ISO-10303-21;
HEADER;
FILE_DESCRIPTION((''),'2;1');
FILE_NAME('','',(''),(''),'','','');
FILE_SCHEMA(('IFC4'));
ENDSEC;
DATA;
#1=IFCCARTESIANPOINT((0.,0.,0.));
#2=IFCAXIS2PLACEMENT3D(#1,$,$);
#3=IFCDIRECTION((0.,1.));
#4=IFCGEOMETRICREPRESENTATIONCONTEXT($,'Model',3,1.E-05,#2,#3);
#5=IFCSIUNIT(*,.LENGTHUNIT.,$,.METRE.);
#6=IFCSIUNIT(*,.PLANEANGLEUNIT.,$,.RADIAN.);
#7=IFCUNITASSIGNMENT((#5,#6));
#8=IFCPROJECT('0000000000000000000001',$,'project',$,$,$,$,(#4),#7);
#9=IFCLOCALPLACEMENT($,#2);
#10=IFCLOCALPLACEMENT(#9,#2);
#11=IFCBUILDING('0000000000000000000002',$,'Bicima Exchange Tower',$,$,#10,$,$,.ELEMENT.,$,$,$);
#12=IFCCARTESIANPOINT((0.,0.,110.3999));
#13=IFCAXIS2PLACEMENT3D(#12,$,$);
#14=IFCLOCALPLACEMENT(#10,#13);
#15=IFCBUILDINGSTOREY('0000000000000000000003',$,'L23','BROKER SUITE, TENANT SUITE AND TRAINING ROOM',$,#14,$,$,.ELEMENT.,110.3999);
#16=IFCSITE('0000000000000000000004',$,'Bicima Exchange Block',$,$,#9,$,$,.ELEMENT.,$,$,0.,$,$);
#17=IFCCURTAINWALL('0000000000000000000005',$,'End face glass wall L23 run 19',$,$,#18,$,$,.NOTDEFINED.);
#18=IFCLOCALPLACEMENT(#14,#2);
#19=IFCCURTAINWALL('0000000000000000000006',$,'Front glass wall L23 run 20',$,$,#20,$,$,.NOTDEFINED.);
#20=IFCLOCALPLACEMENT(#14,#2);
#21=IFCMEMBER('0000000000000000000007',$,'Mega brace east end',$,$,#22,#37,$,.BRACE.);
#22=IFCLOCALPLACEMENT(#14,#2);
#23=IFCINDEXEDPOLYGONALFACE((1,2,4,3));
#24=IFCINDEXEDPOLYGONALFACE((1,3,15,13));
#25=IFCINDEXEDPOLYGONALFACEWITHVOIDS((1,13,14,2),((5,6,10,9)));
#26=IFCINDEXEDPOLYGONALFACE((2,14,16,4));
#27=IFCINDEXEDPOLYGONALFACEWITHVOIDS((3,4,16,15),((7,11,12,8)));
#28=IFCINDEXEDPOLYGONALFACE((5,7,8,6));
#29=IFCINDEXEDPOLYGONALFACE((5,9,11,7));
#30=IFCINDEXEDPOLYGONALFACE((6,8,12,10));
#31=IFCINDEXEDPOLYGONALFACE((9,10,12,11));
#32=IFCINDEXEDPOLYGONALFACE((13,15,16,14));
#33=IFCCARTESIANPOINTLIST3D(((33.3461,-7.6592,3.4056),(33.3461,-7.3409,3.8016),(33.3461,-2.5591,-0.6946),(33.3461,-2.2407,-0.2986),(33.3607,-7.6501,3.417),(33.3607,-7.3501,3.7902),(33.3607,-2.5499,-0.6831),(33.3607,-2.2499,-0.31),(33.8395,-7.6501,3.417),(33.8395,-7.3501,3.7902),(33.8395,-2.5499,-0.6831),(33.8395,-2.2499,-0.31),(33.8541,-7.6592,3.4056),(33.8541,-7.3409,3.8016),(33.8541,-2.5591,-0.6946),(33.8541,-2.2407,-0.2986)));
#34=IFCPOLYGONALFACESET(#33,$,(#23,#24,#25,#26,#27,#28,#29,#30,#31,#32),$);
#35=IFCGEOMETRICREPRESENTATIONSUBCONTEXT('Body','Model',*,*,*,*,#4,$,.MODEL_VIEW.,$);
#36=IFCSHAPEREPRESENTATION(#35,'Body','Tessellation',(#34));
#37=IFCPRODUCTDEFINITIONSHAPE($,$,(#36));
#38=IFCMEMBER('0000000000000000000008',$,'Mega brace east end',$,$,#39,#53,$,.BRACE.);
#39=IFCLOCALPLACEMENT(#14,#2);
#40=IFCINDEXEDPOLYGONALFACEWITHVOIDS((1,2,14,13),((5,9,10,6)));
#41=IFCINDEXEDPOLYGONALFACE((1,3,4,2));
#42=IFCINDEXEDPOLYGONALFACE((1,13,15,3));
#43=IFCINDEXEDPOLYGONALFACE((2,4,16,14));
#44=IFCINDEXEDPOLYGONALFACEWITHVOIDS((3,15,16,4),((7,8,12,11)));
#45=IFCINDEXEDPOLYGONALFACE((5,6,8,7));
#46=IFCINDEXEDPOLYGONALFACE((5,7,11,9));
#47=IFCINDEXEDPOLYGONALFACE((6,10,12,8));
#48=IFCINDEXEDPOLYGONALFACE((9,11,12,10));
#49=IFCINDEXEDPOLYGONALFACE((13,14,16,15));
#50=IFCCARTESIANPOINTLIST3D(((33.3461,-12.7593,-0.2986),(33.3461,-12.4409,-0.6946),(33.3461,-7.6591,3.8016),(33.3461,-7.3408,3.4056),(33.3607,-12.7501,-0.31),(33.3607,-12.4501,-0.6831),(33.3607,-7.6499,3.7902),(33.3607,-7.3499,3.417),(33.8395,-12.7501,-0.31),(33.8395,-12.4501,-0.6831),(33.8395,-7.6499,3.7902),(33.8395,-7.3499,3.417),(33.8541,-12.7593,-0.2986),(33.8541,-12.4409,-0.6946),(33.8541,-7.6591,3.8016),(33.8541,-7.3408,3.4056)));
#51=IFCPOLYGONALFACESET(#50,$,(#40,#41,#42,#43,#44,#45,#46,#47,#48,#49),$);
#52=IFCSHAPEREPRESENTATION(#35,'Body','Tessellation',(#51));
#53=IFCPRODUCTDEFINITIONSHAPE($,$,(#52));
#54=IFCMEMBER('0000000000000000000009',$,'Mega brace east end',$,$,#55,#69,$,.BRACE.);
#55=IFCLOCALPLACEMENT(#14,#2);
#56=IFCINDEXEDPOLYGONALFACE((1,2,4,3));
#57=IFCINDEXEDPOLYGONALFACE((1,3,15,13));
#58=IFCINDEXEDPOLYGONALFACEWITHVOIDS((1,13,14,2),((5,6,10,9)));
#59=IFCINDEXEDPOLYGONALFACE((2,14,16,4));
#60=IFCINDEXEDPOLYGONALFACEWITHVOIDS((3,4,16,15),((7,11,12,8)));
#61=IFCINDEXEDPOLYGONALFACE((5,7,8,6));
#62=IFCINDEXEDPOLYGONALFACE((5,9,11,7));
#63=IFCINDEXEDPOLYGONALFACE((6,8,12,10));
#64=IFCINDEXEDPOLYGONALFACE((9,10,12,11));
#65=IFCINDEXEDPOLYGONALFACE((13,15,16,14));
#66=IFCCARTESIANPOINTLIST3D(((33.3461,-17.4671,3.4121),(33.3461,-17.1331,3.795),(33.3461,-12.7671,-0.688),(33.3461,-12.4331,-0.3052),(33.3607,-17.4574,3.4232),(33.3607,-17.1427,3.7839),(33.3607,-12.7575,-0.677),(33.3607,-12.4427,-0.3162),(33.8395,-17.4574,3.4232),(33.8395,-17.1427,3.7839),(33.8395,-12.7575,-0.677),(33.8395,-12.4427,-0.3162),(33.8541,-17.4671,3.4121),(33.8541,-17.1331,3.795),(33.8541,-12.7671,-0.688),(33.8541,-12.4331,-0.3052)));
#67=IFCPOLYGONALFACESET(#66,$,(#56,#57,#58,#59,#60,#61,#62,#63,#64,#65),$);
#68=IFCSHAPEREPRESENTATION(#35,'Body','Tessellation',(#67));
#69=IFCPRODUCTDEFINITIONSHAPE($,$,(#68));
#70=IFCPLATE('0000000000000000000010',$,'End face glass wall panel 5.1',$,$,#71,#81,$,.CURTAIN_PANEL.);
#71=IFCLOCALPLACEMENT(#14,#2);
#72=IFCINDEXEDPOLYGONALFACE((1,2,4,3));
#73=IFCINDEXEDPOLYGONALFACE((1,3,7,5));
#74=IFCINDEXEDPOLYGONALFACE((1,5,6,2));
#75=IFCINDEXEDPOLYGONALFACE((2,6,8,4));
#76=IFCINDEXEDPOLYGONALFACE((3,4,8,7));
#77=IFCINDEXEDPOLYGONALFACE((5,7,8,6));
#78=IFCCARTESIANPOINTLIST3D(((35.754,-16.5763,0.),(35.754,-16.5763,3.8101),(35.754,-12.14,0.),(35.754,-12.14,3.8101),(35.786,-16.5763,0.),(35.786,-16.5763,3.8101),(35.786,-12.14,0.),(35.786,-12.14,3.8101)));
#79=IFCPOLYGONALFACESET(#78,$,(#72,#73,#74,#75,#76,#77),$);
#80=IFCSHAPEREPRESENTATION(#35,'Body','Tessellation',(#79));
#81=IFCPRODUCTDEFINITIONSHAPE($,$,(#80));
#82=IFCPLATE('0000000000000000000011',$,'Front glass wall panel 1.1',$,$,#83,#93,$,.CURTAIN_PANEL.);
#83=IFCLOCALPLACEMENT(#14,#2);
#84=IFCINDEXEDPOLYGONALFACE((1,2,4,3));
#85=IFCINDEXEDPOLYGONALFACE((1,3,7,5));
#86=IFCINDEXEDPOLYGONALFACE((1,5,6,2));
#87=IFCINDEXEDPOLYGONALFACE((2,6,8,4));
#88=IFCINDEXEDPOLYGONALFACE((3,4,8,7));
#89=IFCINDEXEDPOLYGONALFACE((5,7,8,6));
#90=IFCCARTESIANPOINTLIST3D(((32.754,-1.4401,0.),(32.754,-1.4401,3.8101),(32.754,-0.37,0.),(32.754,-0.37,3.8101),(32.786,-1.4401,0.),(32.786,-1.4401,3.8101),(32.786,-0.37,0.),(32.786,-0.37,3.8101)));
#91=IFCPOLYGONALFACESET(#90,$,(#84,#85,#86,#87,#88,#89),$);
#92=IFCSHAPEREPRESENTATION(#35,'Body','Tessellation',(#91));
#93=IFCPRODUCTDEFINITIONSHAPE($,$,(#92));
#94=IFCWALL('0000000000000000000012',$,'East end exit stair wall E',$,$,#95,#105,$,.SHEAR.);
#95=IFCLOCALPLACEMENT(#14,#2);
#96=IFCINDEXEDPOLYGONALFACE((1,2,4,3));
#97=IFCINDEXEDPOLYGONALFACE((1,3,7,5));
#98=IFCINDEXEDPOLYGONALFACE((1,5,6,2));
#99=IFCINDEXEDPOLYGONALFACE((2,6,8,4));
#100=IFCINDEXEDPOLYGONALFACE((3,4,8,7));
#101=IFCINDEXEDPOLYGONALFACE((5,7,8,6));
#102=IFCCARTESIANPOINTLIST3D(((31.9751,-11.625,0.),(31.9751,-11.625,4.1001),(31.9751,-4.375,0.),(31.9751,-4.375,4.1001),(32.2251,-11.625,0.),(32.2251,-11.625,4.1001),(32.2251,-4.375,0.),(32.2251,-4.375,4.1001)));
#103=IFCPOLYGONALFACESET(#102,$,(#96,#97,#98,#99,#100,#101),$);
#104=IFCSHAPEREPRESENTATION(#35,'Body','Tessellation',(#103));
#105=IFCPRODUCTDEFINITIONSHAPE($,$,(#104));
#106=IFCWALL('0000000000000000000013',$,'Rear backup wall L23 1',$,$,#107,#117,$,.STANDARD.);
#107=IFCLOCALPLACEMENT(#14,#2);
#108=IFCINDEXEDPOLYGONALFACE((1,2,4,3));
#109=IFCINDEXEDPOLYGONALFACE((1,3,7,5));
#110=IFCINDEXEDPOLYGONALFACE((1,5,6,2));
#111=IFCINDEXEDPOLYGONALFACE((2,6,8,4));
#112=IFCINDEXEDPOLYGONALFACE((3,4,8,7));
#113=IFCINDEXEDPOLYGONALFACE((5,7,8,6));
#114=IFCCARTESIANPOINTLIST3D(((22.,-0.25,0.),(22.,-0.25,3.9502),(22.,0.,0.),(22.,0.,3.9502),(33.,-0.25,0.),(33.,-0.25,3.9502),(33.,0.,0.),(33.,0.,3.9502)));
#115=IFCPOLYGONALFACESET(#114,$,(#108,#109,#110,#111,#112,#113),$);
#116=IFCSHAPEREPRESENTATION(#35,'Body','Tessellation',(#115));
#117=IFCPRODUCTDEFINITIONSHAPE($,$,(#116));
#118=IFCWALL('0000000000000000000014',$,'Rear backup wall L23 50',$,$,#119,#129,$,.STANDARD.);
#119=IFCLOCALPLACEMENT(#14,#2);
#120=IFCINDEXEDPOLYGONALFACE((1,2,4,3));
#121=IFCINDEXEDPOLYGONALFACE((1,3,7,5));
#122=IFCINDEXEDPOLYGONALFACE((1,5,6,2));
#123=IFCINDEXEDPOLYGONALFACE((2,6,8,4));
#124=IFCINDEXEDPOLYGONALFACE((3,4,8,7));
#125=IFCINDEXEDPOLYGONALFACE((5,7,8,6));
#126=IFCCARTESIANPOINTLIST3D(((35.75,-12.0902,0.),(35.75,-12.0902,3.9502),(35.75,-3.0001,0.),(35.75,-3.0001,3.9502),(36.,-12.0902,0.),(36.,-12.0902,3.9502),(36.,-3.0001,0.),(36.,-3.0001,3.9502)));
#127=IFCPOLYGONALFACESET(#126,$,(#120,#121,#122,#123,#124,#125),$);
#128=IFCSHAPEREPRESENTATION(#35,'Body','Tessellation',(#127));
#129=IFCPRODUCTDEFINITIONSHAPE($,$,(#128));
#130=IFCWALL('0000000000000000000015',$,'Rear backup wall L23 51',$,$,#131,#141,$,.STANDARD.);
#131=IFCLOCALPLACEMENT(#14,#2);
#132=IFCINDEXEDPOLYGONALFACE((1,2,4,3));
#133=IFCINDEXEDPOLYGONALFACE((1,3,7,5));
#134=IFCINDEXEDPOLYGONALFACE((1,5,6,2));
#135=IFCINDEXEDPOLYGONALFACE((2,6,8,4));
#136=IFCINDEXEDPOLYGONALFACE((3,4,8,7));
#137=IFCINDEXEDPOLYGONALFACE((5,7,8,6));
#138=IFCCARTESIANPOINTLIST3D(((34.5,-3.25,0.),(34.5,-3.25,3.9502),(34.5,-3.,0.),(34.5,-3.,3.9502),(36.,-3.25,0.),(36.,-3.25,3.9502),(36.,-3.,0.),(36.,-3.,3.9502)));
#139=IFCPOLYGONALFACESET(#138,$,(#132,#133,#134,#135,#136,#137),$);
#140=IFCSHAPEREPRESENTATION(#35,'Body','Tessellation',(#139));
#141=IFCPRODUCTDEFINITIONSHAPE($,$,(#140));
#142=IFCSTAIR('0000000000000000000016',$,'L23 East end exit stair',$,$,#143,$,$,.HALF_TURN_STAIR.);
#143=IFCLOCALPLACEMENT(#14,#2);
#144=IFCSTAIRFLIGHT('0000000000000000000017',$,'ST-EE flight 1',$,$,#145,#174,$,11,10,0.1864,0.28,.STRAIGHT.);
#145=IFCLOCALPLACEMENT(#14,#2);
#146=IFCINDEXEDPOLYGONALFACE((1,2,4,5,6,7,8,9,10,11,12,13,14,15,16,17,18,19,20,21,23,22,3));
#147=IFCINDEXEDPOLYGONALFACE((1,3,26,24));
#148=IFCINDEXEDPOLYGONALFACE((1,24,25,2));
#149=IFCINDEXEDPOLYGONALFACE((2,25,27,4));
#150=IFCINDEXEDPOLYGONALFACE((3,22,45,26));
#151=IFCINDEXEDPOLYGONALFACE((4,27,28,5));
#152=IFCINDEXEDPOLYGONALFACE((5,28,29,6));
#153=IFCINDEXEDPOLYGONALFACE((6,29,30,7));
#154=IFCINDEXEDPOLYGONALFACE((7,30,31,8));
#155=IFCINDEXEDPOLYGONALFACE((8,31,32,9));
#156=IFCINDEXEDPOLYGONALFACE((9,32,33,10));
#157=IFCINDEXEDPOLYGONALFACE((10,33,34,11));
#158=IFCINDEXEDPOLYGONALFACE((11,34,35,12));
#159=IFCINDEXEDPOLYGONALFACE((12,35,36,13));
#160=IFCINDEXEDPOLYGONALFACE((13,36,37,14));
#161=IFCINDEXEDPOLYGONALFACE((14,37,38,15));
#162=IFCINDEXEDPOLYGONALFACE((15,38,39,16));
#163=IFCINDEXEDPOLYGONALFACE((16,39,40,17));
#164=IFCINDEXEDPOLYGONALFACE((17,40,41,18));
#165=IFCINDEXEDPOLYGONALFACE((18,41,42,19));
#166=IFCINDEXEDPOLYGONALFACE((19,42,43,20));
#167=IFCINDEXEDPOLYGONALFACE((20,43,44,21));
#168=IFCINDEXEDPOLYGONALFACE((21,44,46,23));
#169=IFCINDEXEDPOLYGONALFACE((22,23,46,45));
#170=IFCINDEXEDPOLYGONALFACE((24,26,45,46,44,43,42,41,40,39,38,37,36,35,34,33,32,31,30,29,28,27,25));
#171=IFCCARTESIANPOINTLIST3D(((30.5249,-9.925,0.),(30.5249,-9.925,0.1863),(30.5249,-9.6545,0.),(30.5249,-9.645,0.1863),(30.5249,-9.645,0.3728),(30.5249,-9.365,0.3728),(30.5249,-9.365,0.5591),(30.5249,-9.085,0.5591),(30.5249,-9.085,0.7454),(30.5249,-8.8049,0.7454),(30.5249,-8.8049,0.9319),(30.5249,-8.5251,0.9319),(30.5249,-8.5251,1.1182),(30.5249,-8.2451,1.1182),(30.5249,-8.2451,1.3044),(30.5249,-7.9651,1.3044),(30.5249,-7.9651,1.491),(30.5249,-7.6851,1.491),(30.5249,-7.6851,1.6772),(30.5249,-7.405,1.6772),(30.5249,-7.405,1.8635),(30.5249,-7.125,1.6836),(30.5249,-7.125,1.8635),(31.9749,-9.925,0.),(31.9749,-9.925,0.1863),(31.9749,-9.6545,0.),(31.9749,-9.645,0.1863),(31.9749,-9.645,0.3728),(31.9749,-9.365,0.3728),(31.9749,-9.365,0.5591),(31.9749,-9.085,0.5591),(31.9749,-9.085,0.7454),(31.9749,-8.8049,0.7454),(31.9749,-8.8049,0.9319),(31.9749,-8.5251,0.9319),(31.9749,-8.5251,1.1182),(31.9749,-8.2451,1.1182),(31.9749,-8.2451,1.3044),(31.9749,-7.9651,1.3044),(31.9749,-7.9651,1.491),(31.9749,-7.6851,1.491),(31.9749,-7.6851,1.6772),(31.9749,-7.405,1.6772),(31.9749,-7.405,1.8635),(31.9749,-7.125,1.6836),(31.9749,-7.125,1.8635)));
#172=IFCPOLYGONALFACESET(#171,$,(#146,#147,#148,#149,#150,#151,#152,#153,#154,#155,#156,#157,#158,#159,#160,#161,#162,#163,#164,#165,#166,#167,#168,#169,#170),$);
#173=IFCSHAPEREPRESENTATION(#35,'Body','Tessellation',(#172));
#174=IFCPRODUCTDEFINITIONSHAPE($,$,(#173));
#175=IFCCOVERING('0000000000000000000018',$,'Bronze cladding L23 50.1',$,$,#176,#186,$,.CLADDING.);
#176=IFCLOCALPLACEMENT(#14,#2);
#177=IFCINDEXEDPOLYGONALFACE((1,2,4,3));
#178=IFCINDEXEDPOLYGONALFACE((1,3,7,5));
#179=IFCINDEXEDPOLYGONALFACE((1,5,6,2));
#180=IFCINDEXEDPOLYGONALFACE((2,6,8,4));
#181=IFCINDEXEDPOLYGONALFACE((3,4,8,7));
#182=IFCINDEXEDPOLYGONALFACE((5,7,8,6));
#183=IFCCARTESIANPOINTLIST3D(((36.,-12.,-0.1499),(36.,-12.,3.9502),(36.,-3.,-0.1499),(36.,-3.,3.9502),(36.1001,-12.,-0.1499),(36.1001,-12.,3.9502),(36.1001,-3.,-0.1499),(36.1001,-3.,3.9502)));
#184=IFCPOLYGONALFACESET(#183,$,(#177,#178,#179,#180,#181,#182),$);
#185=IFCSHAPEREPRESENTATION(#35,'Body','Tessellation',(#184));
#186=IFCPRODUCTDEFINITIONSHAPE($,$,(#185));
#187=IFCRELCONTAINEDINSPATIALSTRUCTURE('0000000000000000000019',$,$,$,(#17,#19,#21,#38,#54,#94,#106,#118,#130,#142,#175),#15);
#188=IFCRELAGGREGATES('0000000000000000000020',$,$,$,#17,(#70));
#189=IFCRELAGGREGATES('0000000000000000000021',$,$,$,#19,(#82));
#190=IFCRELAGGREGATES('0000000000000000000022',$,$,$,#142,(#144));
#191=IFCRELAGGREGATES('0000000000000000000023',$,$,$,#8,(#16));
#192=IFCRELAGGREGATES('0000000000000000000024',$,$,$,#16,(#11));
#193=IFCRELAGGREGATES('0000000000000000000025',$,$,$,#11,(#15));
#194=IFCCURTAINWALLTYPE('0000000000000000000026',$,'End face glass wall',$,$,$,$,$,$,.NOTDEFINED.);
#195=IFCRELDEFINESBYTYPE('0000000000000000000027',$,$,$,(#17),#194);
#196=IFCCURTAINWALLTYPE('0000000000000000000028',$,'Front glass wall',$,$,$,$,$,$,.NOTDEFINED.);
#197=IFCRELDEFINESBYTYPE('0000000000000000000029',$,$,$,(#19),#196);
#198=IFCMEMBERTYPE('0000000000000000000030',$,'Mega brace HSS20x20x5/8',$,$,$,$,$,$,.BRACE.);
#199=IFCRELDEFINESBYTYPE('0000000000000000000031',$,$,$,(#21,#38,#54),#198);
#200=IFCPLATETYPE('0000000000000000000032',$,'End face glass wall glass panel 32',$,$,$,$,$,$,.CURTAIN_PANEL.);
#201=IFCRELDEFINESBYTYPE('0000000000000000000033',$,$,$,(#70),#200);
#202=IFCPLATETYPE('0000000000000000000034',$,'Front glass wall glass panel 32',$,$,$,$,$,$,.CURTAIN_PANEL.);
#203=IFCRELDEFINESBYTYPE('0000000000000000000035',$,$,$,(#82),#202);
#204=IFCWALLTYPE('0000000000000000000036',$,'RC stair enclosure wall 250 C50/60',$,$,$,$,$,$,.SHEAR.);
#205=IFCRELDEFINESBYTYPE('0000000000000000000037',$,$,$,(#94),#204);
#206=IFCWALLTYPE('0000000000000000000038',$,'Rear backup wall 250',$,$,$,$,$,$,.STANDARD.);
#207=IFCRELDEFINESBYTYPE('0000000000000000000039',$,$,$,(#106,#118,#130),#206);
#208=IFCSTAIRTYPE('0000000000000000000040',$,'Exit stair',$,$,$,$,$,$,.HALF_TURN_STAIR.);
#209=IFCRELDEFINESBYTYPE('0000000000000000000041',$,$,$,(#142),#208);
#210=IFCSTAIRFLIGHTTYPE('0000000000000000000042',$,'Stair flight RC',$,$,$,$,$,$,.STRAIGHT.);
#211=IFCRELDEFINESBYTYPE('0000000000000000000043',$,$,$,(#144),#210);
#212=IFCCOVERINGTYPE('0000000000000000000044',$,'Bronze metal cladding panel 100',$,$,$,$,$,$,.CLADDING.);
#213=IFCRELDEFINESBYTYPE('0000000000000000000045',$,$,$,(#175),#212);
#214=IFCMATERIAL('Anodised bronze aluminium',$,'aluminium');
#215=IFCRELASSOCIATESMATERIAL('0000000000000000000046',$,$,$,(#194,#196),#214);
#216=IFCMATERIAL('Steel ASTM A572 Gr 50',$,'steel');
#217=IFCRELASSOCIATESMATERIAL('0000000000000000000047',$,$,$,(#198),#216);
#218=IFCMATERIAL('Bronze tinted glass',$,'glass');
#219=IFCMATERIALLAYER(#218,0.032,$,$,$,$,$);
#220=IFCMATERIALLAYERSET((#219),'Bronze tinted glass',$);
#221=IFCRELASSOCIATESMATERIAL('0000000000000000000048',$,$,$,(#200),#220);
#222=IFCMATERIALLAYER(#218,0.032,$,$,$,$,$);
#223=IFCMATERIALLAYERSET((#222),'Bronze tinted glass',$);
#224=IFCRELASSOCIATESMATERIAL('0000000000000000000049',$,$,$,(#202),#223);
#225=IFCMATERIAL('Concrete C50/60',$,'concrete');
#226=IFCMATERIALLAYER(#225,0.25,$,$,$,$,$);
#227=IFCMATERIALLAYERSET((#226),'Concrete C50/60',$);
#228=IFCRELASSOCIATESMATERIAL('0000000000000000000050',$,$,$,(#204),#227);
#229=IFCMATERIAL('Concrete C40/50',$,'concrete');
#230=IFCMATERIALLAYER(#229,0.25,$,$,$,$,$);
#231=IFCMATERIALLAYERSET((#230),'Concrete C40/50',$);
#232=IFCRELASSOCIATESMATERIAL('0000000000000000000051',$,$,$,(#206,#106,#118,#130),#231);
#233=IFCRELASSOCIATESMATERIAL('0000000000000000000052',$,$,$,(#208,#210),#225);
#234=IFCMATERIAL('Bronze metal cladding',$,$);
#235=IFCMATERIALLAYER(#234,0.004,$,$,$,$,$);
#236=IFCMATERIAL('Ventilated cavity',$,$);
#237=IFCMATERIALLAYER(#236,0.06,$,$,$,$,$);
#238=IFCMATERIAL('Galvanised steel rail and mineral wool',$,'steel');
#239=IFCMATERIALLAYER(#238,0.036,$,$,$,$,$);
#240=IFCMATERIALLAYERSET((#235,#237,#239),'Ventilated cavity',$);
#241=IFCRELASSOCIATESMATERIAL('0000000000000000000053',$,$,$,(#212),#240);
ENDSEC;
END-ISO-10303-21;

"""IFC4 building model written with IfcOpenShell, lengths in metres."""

from ifc_helpers import new_model, si_unit, direction, frame, frame_2d, origin, origin_2d, place, context, subcontext, project, spatial, polyline, rectangle, hollow_rectangle, outline, extrude, material, layer, layer_set, layer_usage, material_profile, profile_set, type_object, element, aggregate, save


model = new_model("IFC4")

# Units and contexts
model_context = context("Model", 3, precision=1e-05, world=origin(), true_north=direction((0.0, 1.0)))
body_context = subcontext(model_context, "Body", "Model", "MODEL_VIEW")
ifc_project = project(units=[si_unit("LENGTHUNIT", "METRE"), si_unit("PLANEANGLEUNIT", "RADIAN")], contexts=[model_context])

# Site, building, storey
site_placement = place(None, origin())
site = spatial("IfcSite", under=ifc_project, at=site_placement, Name="Bicima Exchange Block", CompositionType="ELEMENT", RefElevation=0.0)
building_placement = place(site_placement, origin())
building = spatial("IfcBuilding", under=site, at=building_placement, Name="Bicima Exchange Tower", CompositionType="ELEMENT")
storey_placement = place(building_placement, frame((0.0, 0.0, 110.3999)))
storey = spatial("IfcBuildingStorey", under=building, at=storey_placement, Name="L23", Description="BROKER SUITE, TENANT SUITE AND TRAINING ROOM", CompositionType="ELEMENT", Elevation=110.3999)

# Shared definitions
ifc_material_1 = material(Name="Steel ASTM A572 Gr 50", Category="steel")

# Curtain wall
ifc_material_2 = material(Name="Anodised bronze aluminium", Category="aluminium")
curtain_wall_type_1 = type_object("IfcCurtainWallType", Name="End face glass wall", PredefinedType="NOTDEFINED", material=ifc_material_2)
curtain_wall_1_placement = place(storey_placement, origin())
curtain_wall_1 = element("IfcCurtainWall", 1, at=curtain_wall_1_placement, inside=storey, type_object=curtain_wall_type_1, Name="End face glass wall L23 run 19", PredefinedType="NOTDEFINED")

# Curtain wall
curtain_wall_type_2 = type_object("IfcCurtainWallType", Name="Front glass wall", PredefinedType="NOTDEFINED", material=ifc_material_2)
curtain_wall_2_placement = place(storey_placement, origin())
curtain_wall_2 = element("IfcCurtainWall", 2, at=curtain_wall_2_placement, inside=storey, type_object=curtain_wall_type_2, Name="Front glass wall L23 run 20", PredefinedType="NOTDEFINED")

# Members
ifc_material_profile_1 = material_profile(ifc_material_1, hollow_rectangle(XDim=0.5081, YDim=0.5081, WallThickness=0.0146, at=origin_2d()))
ifc_profile_set_1 = profile_set([ifc_material_profile_1], Name="Steel ASTM A572 Gr 50")
member_type_1 = type_object("IfcMemberType", Name="Mega brace HSS20x20x5/8", PredefinedType="BRACE", material=ifc_profile_set_1)
for number, where, z_axis, x_axis, name in (
    (3, (33.6001, -2.3999, -0.4966), (0.0, -0.779374, 0.626559), (1.0, 0.0, 0.0), "Mega brace east end"),
    (4, (33.6001, -12.6001, -0.4966), (0.0, 0.779374, 0.626559), (-1.0, 0.0, 0.0), "Mega brace east end"),
):
    element("IfcMember", number, at=place(storey_placement, frame(where, z_axis=z_axis, x_axis=x_axis)), inside=storey, type_object=member_type_1, Name=name, PredefinedType="BRACE", context=body_context, shape_type="SweptSolid", body=[
        extrude(hollow_rectangle(XDim=0.5081, YDim=0.5081, WallThickness=0.0146, at=origin_2d()), origin(), (0.0, 0.0, 1.0), 6.5439),
    ])
member_1_placement = place(storey_placement, frame((33.6001, -12.6001, -0.4966), z_axis=(0.0, -0.753558, 0.657382), x_axis=(1.0, 0.0, 0.0)))
element("IfcMember", 5, at=member_1_placement, inside=storey, type_object=member_type_1, Name="Mega brace east end", PredefinedType="BRACE", context=body_context, shape_type="SweptSolid", body=[
    extrude(hollow_rectangle(XDim=0.5081, YDim=0.5081, WallThickness=0.0146, at=origin_2d()), origin(), (0.0, 0.0, 1.0), 6.2371),
])

# Plates
ifc_material_3 = material(Name="Bronze tinted glass", Category="glass")
ifc_layer_1 = layer(ifc_material_3, 0.032)
ifc_layer_set_1 = layer_set([ifc_layer_1], Name="Bronze tinted glass")
plate_type_1 = type_object("IfcPlateType", Name="End face glass wall glass panel 32", PredefinedType="CURTAIN_PANEL", material=ifc_layer_set_1)
plate_1_placement = place(storey_placement, frame((35.77, -14.3582, 0.0), z_axis=(0.0, 0.0, 1.0), x_axis=(0.0, 1.0, 0.0)))
plate_1 = element("IfcPlate", 6, at=plate_1_placement, type_object=plate_type_1, Name="End face glass wall panel 5.1", PredefinedType="CURTAIN_PANEL", context=body_context, shape_type="SweptSolid", body=[
    extrude(rectangle(XDim=4.4363, YDim=0.032, at=origin_2d()), origin(), (0.0, 0.0, 1.0), 3.8101),
])
aggregate(curtain_wall_1, [plate_1])
ifc_layer_2 = layer(ifc_material_3, 0.032)
ifc_layer_set_2 = layer_set([ifc_layer_2], Name="Bronze tinted glass")
plate_type_2 = type_object("IfcPlateType", Name="Front glass wall glass panel 32", PredefinedType="CURTAIN_PANEL", material=ifc_layer_set_2)
plate_2_placement = place(storey_placement, frame((32.77, -0.905, 0.0), z_axis=(0.0, 0.0, 1.0), x_axis=(0.0, 1.0, 0.0)))
plate_2 = element("IfcPlate", 7, at=plate_2_placement, type_object=plate_type_2, Name="Front glass wall panel 1.1", PredefinedType="CURTAIN_PANEL", context=body_context, shape_type="SweptSolid", body=[
    extrude(rectangle(XDim=1.0701, YDim=0.032, at=origin_2d()), origin(), (0.0, 0.0, 1.0), 3.8101),
])
aggregate(curtain_wall_2, [plate_2])

# Walls
ifc_material_4 = material(Name="Concrete C50/60", Category="concrete")
ifc_layer_3 = layer(ifc_material_4, 0.25)
ifc_layer_set_3 = layer_set([ifc_layer_3], Name="Concrete C50/60")
wall_type_1 = type_object("IfcWallType", Name="RC stair enclosure wall 250 C50/60", PredefinedType="SHEAR", material=ifc_layer_set_3)
wall_1_placement = place(storey_placement, frame((32.1001, -11.625, 0.0), z_axis=(0.0, 0.0, 1.0), x_axis=(0.0, 1.0, 0.0)))
element("IfcWall", 8, at=wall_1_placement, inside=storey, type_object=wall_type_1, Name="East end exit stair wall E", PredefinedType="SHEAR", context=body_context, shape_type="SweptSolid", body=[
    extrude(rectangle(XDim=7.25, YDim=0.25, at=frame_2d((3.625, 0.0))), origin(), (0.0, 0.0, 1.0), 4.1001),
])
ifc_material_5 = material(Name="Concrete C40/50", Category="concrete")
ifc_layer_4 = layer(ifc_material_5, 0.25)
ifc_layer_set_4 = layer_set([ifc_layer_4], Name="Concrete C40/50")
ifc_layer_usage = layer_usage(ifc_layer_set_4, "AXIS2", "POSITIVE", -0.125)
wall_type_2 = type_object("IfcWallType", Name="Rear backup wall 250", PredefinedType="STANDARD", material=ifc_layer_set_4)
wall_2_placement = place(storey_placement, frame((33.0, -0.125, 0.0), z_axis=(0.0, 0.0, 1.0), x_axis=(-1.0, 0.0, 0.0)))
element("IfcWall", 9, at=wall_2_placement, inside=storey, type_object=wall_type_2, material=ifc_layer_usage, Name="Rear backup wall L23 1", PredefinedType="STANDARD", context=body_context, shape_type="SweptSolid", body=[
    extrude(rectangle(XDim=11.0, YDim=0.25, at=frame_2d((5.5, 0.0))), origin(), (0.0, 0.0, 1.0), 3.9502),
])
wall_3_placement = place(storey_placement, frame((35.875, -12.0901, 0.0), z_axis=(0.0, 0.0, 1.0), x_axis=(0.0, 1.0, 0.0)))
element("IfcWall", 10, at=wall_3_placement, inside=storey, type_object=wall_type_2, material=ifc_layer_usage, Name="Rear backup wall L23 50", PredefinedType="STANDARD", context=body_context, shape_type="SweptSolid", body=[
    extrude(rectangle(XDim=9.0901, YDim=0.25, at=frame_2d((4.5449, 0.0))), origin(), (0.0, 0.0, 1.0), 3.9502),
])
wall_4_placement = place(storey_placement, frame((36.0, -3.125, 0.0), z_axis=(0.0, 0.0, 1.0), x_axis=(-1.0, 0.0, 0.0)))
element("IfcWall", 11, at=wall_4_placement, inside=storey, type_object=wall_type_2, material=ifc_layer_usage, Name="Rear backup wall L23 51", PredefinedType="STANDARD", context=body_context, shape_type="SweptSolid", body=[
    extrude(rectangle(XDim=1.5, YDim=0.25, at=frame_2d((0.75, 0.0))), origin(), (0.0, 0.0, 1.0), 3.9502),
])

# Stair, stair flight
stair_type = type_object("IfcStairType", Name="Exit stair", PredefinedType="HALF_TURN_STAIR", material=ifc_material_4)
stair_placement = place(storey_placement, origin())
stair = element("IfcStair", 12, at=stair_placement, inside=storey, type_object=stair_type, Name="L23 East end exit stair", PredefinedType="HALF_TURN_STAIR")
stair_flight_type = type_object("IfcStairFlightType", Name="Stair flight RC", PredefinedType="STRAIGHT", material=ifc_material_4)
stair_flight_placement = place(storey_placement, frame((31.25, -9.925, 0.0), z_axis=(0.0, 0.0, 1.0), x_axis=(0.0, 1.0, 0.0)))
stair_flight = element("IfcStairFlight", 13, at=stair_flight_placement, type_object=stair_flight_type, Name="ST-EE flight 1", NumberOfRisers=11, NumberOfTreads=10, PredefinedType="STRAIGHT", RiserHeight=0.1864, TreadLength=0.28, context=body_context, shape_type="SweptSolid", body=[
    extrude(outline(polyline([(0.0, 0.0), (0.0, 0.1863), (0.28, 0.1863), (0.28, 0.3728), (0.5601, 0.3728), (0.5601, 0.5591), (0.8401, 0.5591), (0.8401, 0.7454), (1.1201, 0.7454), (1.1201, 0.9319), (1.3999, 0.9319), (1.3999, 1.1182), (1.6799, 1.1182), (1.6799, 1.3044), (1.96, 1.3044), (1.96, 1.491), (2.24, 1.491), (2.24, 1.6772), (2.52, 1.6772), (2.52, 1.8635), (2.8, 1.8635), (2.8, 2.05), (2.8, 1.6836), (0.2705, 0.0), (0.0, 0.0)])), frame((0.0, 0.7251, 0.0), z_axis=(0.0, -1.0, 0.0), x_axis=(1.0, 0.0, 0.0)), (0.0, 0.0, 1.0), 1.45),
])
aggregate(stair, [stair_flight])

# Covering
ifc_material_6 = material(Name="Bronze metal cladding")
ifc_layer_5 = layer(ifc_material_6, 0.004)
ifc_material_7 = material(Name="Ventilated cavity")
ifc_layer_6 = layer(ifc_material_7, 0.06)
ifc_material_8 = material(Name="Galvanised steel rail and mineral wool", Category="steel")
ifc_layer_7 = layer(ifc_material_8, 0.036)
ifc_layer_set_5 = layer_set([ifc_layer_5, ifc_layer_6, ifc_layer_7], Name="Ventilated cavity")
covering_type = type_object("IfcCoveringType", Name="Bronze metal cladding panel 100", PredefinedType="CLADDING", material=ifc_layer_set_5)
covering_1_placement = place(storey_placement, frame((36.05, -7.5, -0.1499), z_axis=(0.0, 0.0, 1.0), x_axis=(0.0, 1.0, 0.0)))
element("IfcCovering", 14, at=covering_1_placement, inside=storey, type_object=covering_type, Name="Bronze cladding L23 50.1", PredefinedType="CLADDING", context=body_context, shape_type="SweptSolid", body=[
    extrude(rectangle(XDim=9.0, YDim=0.1001, at=origin_2d()), origin(), (0.0, 0.0, 1.0), 4.1001),
])

save(model, "model.ifc")
